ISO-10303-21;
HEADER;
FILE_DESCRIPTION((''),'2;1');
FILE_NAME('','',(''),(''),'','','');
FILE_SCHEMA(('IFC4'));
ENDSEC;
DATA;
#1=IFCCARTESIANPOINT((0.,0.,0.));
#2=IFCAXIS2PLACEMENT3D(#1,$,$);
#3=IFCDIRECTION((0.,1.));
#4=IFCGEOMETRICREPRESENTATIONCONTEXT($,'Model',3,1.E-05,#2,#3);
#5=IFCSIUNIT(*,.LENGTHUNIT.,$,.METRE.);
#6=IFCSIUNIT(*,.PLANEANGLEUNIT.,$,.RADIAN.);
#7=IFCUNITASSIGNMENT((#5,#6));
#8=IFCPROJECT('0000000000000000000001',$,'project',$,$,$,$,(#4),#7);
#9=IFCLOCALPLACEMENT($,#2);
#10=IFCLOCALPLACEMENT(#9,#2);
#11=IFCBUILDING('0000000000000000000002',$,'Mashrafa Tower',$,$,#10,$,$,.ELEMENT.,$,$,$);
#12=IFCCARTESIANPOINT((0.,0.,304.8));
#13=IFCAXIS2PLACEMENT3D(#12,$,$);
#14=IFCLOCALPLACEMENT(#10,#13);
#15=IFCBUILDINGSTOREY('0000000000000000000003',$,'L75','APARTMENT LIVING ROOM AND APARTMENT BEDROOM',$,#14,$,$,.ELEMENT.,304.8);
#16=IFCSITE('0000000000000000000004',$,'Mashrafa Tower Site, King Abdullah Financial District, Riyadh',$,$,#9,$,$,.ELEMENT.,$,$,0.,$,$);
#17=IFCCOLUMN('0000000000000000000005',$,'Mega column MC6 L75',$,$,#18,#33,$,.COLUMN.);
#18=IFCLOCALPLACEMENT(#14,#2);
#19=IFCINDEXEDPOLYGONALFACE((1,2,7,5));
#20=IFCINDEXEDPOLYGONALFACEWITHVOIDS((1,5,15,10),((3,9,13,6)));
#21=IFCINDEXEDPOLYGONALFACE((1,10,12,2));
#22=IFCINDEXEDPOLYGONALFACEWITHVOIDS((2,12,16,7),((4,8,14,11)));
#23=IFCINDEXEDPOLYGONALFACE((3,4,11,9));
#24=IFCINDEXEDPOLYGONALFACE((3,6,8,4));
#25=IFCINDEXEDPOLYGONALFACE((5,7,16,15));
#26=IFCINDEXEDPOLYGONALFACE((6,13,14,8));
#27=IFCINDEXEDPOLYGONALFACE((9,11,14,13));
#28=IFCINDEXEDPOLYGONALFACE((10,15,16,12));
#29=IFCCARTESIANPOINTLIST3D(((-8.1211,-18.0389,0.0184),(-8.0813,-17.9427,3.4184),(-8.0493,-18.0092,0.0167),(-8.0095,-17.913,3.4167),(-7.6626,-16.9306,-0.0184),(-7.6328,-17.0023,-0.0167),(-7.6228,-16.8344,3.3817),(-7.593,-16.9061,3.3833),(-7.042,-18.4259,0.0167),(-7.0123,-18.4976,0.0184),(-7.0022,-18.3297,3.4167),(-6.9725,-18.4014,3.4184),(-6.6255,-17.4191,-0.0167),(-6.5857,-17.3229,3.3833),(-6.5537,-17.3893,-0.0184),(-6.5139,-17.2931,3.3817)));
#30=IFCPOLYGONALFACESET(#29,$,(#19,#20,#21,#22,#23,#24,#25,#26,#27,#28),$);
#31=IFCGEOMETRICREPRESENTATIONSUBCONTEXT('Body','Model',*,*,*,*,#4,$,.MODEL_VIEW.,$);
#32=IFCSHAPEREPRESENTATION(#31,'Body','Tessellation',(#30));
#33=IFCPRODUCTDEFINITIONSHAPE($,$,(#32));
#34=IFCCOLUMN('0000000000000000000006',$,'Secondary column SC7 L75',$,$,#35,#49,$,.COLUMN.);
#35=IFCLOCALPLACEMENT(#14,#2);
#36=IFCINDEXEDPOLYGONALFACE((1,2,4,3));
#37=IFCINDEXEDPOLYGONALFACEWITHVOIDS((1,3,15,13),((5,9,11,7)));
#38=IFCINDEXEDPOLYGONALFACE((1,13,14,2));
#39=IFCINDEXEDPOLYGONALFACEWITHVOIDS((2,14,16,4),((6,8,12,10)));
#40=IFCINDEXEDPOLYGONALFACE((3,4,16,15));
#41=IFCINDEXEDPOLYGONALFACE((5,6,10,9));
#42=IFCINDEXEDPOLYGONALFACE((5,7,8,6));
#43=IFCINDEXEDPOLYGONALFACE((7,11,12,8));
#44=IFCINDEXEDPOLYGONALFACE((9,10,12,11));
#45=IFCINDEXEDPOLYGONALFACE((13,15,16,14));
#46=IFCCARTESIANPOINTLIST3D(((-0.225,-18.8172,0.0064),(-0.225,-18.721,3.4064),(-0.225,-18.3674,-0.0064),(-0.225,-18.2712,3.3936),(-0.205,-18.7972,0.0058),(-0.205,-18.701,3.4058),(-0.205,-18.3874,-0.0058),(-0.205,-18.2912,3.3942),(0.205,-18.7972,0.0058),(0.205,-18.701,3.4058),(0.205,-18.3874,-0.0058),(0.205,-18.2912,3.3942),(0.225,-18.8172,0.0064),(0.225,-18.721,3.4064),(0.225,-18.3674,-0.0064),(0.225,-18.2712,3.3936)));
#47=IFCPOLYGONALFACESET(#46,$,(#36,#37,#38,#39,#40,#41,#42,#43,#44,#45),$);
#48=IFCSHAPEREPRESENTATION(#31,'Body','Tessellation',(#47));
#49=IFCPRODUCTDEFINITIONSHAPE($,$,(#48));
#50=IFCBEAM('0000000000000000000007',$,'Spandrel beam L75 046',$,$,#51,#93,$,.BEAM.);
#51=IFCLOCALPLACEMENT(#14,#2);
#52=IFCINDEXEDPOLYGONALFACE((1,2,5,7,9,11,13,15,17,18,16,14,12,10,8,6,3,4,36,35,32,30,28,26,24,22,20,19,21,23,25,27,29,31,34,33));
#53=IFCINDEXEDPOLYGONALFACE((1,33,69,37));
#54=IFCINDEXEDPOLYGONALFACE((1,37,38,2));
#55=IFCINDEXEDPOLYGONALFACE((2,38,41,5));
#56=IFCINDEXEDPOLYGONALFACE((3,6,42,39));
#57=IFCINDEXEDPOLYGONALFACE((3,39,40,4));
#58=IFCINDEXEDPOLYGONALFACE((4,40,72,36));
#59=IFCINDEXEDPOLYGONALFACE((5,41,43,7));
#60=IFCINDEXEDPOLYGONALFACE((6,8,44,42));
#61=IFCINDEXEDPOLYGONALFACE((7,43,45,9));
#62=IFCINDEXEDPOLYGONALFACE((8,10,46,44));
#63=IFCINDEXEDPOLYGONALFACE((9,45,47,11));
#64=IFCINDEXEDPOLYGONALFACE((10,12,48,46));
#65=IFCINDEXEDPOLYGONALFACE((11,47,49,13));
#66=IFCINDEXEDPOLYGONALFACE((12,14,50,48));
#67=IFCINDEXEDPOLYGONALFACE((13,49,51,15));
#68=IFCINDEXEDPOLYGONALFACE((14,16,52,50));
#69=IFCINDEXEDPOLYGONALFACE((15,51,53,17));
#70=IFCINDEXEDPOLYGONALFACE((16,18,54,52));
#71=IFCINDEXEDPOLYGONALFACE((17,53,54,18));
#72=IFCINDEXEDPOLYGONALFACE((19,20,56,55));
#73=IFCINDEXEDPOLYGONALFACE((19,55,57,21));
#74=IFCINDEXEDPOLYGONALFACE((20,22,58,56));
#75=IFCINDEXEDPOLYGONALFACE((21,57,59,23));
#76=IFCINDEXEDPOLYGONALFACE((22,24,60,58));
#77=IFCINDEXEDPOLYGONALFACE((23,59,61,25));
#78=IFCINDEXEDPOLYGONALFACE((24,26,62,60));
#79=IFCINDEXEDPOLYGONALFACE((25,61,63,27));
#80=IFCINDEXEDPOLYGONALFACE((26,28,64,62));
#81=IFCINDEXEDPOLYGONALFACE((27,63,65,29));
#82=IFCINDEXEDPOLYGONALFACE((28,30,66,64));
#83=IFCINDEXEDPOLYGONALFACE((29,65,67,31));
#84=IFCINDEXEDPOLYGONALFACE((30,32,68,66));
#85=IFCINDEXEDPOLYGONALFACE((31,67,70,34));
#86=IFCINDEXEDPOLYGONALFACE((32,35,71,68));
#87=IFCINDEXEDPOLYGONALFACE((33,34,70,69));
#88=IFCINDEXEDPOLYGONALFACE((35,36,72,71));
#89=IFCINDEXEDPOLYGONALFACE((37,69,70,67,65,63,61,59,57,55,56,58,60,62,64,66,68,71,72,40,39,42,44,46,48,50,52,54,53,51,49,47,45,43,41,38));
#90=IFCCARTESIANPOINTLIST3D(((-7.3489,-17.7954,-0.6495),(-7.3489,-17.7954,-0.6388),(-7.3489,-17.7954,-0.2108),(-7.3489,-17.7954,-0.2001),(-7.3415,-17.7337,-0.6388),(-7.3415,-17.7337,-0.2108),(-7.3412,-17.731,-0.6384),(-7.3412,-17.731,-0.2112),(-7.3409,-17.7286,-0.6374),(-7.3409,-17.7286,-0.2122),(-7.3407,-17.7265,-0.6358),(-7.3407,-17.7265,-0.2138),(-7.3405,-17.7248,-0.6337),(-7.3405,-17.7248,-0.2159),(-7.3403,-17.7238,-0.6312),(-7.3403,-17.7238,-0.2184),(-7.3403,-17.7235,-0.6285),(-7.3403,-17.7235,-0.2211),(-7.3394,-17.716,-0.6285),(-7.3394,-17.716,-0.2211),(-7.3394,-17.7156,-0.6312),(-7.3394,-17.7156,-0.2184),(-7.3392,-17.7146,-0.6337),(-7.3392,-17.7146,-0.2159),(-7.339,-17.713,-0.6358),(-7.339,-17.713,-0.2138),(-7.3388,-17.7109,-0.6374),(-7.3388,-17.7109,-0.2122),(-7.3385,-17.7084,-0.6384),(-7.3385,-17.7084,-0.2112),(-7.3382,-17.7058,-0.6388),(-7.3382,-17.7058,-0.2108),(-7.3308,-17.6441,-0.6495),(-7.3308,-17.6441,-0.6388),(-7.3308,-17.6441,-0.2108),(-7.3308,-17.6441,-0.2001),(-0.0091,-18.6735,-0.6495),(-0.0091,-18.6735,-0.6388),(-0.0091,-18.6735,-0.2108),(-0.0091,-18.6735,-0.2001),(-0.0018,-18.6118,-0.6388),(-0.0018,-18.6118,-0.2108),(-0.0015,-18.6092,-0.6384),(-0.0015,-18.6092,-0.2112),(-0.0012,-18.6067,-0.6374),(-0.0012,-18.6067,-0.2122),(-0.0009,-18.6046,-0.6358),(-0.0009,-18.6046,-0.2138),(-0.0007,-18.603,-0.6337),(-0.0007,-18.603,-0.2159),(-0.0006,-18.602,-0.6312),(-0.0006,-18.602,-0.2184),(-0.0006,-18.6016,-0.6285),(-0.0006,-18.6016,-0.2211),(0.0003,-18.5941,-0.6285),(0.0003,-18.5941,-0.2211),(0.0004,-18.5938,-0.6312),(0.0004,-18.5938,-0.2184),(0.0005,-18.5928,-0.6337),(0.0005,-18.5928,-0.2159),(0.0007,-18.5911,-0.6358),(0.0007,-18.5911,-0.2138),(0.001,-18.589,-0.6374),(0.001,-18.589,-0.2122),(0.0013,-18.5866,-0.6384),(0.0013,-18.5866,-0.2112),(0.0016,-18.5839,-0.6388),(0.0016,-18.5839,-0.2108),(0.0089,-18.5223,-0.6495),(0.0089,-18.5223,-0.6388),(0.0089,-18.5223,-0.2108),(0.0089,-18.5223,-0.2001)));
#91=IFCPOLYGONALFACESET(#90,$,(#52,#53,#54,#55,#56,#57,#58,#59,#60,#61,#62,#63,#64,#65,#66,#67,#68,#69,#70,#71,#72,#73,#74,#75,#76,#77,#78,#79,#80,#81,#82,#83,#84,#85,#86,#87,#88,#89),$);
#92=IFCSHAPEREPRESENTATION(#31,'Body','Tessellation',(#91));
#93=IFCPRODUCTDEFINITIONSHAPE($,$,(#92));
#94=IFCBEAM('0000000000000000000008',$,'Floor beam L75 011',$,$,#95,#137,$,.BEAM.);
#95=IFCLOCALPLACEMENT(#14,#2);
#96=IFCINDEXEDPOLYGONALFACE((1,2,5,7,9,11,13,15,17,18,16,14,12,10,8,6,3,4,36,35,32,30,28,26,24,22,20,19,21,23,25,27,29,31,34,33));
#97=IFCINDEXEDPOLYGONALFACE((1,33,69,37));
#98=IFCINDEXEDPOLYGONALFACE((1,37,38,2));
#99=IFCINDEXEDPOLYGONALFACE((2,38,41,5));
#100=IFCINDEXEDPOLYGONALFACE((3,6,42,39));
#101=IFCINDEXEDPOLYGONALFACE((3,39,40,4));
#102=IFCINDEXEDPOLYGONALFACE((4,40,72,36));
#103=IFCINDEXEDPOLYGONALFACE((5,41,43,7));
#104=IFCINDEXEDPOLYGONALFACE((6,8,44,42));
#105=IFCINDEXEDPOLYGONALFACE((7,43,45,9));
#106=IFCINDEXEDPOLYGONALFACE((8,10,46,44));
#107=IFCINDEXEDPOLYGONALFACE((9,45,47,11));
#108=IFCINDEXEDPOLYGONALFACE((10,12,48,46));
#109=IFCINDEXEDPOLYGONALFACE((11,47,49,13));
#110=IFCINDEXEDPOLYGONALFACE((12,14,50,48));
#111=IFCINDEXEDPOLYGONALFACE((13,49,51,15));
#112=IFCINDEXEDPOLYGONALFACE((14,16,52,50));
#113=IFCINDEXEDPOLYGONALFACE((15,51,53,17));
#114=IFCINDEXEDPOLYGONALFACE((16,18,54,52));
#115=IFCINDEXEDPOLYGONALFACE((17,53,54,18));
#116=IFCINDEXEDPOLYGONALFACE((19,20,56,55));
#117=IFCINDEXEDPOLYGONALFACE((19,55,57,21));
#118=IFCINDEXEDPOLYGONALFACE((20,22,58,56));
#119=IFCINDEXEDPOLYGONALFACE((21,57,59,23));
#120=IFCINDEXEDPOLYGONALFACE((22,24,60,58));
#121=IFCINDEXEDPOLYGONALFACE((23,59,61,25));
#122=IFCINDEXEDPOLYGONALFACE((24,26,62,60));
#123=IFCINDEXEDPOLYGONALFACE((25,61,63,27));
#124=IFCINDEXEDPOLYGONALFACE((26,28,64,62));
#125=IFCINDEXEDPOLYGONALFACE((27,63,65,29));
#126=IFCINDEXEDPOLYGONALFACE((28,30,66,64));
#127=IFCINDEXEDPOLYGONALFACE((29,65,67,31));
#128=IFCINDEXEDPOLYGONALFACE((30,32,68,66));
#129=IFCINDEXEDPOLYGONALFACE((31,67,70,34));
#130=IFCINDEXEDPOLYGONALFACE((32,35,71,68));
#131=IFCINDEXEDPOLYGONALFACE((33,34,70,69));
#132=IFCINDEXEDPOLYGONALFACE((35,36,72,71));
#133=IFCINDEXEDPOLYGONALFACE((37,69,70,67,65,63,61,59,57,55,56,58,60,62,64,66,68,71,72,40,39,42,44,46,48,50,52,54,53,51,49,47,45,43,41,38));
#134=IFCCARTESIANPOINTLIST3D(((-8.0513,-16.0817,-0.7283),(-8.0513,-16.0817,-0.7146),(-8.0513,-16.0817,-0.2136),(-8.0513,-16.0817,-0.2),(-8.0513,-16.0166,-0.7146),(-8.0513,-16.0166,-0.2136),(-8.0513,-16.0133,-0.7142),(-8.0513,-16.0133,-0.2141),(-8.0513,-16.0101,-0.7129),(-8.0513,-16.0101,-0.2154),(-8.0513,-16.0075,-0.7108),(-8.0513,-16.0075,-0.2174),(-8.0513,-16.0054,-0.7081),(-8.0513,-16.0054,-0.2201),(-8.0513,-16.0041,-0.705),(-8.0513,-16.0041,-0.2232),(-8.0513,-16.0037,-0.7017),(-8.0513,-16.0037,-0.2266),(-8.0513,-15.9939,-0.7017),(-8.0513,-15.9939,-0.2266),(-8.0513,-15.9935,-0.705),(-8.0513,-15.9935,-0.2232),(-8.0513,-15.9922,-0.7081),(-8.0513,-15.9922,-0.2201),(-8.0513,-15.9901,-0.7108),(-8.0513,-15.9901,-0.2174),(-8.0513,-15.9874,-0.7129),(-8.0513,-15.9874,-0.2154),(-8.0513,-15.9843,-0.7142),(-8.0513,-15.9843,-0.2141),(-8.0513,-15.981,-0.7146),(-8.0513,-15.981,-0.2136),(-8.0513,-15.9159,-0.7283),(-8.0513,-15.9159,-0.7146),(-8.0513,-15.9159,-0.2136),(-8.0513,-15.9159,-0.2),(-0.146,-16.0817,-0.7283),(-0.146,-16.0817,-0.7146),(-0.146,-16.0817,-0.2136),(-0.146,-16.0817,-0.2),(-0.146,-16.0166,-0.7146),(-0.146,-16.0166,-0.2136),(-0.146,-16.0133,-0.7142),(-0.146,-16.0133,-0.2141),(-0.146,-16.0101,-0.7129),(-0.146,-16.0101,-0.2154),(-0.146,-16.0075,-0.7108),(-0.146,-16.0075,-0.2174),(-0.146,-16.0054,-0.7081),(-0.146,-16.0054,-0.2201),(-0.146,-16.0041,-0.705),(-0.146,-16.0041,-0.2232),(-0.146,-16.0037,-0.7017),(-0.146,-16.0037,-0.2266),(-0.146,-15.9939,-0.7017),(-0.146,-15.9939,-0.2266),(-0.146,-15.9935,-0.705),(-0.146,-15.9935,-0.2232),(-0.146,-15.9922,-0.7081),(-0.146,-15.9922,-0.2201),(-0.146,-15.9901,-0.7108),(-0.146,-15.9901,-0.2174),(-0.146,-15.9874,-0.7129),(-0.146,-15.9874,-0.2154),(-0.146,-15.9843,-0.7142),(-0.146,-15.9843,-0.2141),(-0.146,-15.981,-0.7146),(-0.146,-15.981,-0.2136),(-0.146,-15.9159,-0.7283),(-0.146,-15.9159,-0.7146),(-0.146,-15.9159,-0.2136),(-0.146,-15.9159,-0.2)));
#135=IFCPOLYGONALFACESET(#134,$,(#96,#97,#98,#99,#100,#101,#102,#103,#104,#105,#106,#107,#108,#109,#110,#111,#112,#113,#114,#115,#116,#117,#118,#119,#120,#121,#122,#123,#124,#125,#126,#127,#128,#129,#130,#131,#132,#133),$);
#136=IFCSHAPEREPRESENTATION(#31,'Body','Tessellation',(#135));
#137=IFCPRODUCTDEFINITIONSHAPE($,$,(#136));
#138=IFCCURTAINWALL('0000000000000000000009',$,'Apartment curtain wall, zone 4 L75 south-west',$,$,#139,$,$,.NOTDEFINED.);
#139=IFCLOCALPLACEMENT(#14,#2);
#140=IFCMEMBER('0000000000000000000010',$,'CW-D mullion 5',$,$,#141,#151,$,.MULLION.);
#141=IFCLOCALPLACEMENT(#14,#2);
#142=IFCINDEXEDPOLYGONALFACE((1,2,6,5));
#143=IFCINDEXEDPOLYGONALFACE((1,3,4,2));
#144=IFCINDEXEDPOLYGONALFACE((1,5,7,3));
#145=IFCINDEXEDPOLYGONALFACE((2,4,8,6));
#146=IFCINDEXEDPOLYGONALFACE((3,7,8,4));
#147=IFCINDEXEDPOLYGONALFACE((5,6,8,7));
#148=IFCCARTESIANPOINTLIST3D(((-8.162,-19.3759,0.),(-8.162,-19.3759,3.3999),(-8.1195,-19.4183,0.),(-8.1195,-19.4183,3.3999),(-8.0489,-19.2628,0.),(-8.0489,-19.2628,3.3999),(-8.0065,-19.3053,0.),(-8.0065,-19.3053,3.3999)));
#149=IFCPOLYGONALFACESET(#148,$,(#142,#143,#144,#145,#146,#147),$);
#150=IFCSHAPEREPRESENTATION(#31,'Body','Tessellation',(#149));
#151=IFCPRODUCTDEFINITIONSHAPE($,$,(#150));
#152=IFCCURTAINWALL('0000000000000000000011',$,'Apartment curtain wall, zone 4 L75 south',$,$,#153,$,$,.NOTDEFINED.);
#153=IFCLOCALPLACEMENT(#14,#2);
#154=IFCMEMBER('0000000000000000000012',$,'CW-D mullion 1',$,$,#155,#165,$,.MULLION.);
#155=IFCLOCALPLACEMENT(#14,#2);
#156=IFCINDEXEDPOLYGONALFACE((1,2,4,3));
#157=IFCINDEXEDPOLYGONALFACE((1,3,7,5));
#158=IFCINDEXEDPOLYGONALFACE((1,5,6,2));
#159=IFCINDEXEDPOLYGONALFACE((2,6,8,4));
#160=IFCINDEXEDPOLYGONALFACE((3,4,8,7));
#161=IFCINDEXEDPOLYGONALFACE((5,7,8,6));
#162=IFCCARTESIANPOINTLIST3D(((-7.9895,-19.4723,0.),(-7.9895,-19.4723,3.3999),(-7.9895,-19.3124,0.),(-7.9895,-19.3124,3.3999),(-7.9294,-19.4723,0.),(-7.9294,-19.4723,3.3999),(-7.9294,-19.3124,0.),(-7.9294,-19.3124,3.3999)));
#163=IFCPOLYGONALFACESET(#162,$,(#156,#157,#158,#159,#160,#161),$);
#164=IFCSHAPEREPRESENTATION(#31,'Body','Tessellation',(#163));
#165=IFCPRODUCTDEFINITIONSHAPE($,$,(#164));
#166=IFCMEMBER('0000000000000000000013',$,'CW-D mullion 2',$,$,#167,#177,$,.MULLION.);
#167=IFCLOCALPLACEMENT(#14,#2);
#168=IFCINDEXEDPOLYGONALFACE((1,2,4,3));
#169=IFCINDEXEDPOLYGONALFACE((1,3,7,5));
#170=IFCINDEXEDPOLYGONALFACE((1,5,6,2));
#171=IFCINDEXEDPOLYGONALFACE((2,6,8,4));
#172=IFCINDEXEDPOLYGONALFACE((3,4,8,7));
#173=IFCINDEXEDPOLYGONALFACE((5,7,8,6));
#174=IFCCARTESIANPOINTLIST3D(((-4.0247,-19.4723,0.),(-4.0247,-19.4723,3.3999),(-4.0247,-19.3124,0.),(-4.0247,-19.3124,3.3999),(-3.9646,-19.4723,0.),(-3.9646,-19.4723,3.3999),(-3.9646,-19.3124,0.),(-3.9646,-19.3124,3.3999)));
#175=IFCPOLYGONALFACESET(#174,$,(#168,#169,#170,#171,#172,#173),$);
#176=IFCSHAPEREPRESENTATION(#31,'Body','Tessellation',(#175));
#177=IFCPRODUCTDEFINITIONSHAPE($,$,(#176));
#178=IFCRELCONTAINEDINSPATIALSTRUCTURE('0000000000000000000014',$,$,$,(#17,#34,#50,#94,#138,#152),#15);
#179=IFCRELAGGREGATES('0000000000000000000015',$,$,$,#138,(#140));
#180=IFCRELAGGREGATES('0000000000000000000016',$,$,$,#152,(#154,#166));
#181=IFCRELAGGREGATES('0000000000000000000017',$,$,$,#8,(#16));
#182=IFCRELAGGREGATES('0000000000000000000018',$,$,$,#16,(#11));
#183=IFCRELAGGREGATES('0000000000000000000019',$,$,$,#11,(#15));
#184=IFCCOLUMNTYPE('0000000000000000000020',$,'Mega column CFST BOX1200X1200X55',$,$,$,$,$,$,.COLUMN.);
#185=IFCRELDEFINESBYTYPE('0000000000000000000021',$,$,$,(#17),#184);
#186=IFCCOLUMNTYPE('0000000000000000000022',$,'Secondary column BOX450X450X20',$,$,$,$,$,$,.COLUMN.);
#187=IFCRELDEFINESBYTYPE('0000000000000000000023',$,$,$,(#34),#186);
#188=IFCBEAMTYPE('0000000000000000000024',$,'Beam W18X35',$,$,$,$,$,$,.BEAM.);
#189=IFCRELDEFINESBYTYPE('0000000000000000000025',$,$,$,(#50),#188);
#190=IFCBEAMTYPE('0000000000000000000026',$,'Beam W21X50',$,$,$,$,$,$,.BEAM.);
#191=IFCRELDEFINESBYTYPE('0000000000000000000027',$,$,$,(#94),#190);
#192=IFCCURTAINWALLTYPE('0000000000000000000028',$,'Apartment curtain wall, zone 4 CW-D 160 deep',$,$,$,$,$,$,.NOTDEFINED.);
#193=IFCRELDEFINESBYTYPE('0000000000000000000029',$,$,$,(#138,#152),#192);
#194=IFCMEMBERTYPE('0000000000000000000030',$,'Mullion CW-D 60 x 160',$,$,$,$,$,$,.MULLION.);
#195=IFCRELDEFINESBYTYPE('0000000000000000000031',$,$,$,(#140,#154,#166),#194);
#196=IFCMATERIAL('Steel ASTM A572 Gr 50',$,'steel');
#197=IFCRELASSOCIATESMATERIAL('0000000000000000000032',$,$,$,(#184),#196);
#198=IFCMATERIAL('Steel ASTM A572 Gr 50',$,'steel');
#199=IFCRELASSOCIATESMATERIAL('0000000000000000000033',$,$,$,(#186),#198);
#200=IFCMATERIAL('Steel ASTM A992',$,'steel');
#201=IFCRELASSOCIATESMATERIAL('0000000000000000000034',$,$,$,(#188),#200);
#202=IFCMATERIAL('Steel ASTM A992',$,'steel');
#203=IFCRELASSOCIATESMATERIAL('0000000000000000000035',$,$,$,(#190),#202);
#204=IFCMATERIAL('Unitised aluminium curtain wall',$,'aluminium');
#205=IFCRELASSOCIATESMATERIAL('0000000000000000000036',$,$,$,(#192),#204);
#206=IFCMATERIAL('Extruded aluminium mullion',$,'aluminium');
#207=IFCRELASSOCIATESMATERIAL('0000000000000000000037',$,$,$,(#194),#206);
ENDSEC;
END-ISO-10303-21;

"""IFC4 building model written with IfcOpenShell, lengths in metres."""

from ifc_helpers import new_model, si_unit, direction, frame, origin, origin_2d, place, context, subcontext, project, spatial, rectangle, hollow_rectangle, i_section, extrude, source, transform, mapped, material, material_profile, profile_set, type_object, type_shapes, element, aggregate, save


model = new_model("IFC4")

# Units and contexts
model_context = context("Model", 3, precision=1e-05, world=origin(), true_north=direction((0.0, 1.0)))
body_context = subcontext(model_context, "Body", "Model", "MODEL_VIEW")
ifc_project = project(units=[si_unit("LENGTHUNIT", "METRE"), si_unit("PLANEANGLEUNIT", "RADIAN")], contexts=[model_context])

# Site, building, storey
site_placement = place(None, origin())
site = spatial("IfcSite", under=ifc_project, at=site_placement, Name="Mashrafa Tower Site, King Abdullah Financial District, Riyadh", CompositionType="ELEMENT", RefElevation=0.0)
building_placement = place(site_placement, origin())
building = spatial("IfcBuilding", under=site, at=building_placement, Name="Mashrafa Tower", CompositionType="ELEMENT")
storey_placement = place(building_placement, frame((0.0, 0.0, 304.8)))
storey = spatial("IfcBuildingStorey", under=building, at=storey_placement, Name="L75", Description="APARTMENT LIVING ROOM AND APARTMENT BEDROOM", CompositionType="ELEMENT", Elevation=304.8)

# Columns
ifc_material_1 = material(Name="Steel ASTM A572 Gr 50", Category="steel")
ifc_material_profile_1 = material_profile(ifc_material_1, hollow_rectangle(XDim=1.2, YDim=1.2, WallThickness=0.0549, at=origin_2d()), Name="BOX1200X1200X55")
ifc_profile_set_1 = profile_set([ifc_material_profile_1], Name="Steel ASTM A572 Gr 50")
column_type_1 = type_object("IfcColumnType", Name="Mega column CFST BOX1200X1200X55", PredefinedType="COLUMN", material=ifc_profile_set_1)
column_1_placement = place(storey_placement, frame((-7.3374, -17.7141, 0.0), z_axis=(0.011699, 0.028279, 0.999532), x_axis=(-0.924045, 0.382283, 0.0)))
element("IfcColumn", 1, at=column_1_placement, inside=storey, type_object=column_type_1, Name="Mega column MC6 L75", PredefinedType="COLUMN", context=body_context, shape_type="SweptSolid", body=[
    extrude(hollow_rectangle(XDim=1.2, YDim=1.2, WallThickness=0.0549, at=origin_2d()), origin(), (0.0, 0.0, 1.0), 3.4016),
])
ifc_material_2 = material(Name="Steel ASTM A572 Gr 50", Category="steel")
ifc_material_profile_2 = material_profile(ifc_material_2, hollow_rectangle(XDim=0.45, YDim=0.45, WallThickness=0.02, at=origin_2d()), Name="BOX450X450X20")
ifc_profile_set_2 = profile_set([ifc_material_profile_2], Name="Steel ASTM A572 Gr 50")
column_type_2 = type_object("IfcColumnType", Name="Secondary column BOX450X450X20", PredefinedType="COLUMN", material=ifc_profile_set_2)
column_2_placement = place(storey_placement, frame((0.0, -18.5923, 0.0), z_axis=(0.0, 0.028281, 0.9996), x_axis=(-1.0, 0.0, 0.0)))
element("IfcColumn", 2, at=column_2_placement, inside=storey, type_object=column_type_2, Name="Secondary column SC7 L75", PredefinedType="COLUMN", context=body_context, shape_type="SweptSolid", body=[
    extrude(hollow_rectangle(XDim=0.45, YDim=0.45, WallThickness=0.02, at=origin_2d()), origin(), (0.0, 0.0, 1.0), 3.4014),
])

# Beams
ifc_material_3 = material(Name="Steel ASTM A992", Category="steel")
ifc_material_profile_3 = material_profile(ifc_material_3, i_section(OverallWidth=0.1523, OverallDepth=0.4495, WebThickness=0.0076, FlangeThickness=0.0107, FilletRadius=0.0103, at=origin_2d()), Name="W18X35")
ifc_profile_set_3 = profile_set([ifc_material_profile_3], Name="Steel ASTM A992")
beam_type_1 = type_object("IfcBeamType", Name="Beam W18X35", PredefinedType="BEAM", material=ifc_profile_set_3)
beam_1_placement = place(storey_placement, frame((-7.3398, -17.7197, -0.4248), z_axis=(0.992919, -0.118797, 0.0), x_axis=(0.118797, 0.992919, 0.0)))
element("IfcBeam", 3, at=beam_1_placement, inside=storey, type_object=beam_type_1, Name="Spandrel beam L75 046", PredefinedType="BEAM", context=body_context, shape_type="SweptSolid", body=[
    extrude(i_section(OverallWidth=0.1523, OverallDepth=0.4495, WebThickness=0.0076, FlangeThickness=0.0107, FilletRadius=0.0103, at=origin_2d()), origin(), (0.0, 0.0, 1.0), 7.3921),
])
ifc_material_4 = material(Name="Steel ASTM A992", Category="steel")
ifc_material_profile_4 = material_profile(ifc_material_4, i_section(OverallWidth=0.1658, OverallDepth=0.5283, WebThickness=0.0098, FlangeThickness=0.0137, FilletRadius=0.0129, at=origin_2d()), Name="W21X50")
ifc_profile_set_4 = profile_set([ifc_material_profile_4], Name="Steel ASTM A992")
beam_type_2 = type_object("IfcBeamType", Name="Beam W21X50", PredefinedType="BEAM", material=ifc_profile_set_4)
beam_2_placement = place(storey_placement, frame((-0.146, -15.9988, -0.4641), z_axis=(-1.0, 0.0, 0.0), x_axis=(0.0, -1.0, 0.0)))
element("IfcBeam", 4, at=beam_2_placement, inside=storey, type_object=beam_type_2, Name="Floor beam L75 011", PredefinedType="BEAM", context=body_context, shape_type="SweptSolid", body=[
    extrude(i_section(OverallWidth=0.1658, OverallDepth=0.5283, WebThickness=0.0098, FlangeThickness=0.0137, FilletRadius=0.0129, at=origin_2d()), origin(), (0.0, 0.0, 1.0), 7.9053),
])

# Curtain wall, member
ifc_material_5 = material(Name="Unitised aluminium curtain wall", Category="aluminium")
curtain_wall_type = type_object("IfcCurtainWallType", Name="Apartment curtain wall, zone 4 CW-D 160 deep", PredefinedType="NOTDEFINED", material=ifc_material_5)
curtain_wall_1_placement = place(storey_placement, origin())
curtain_wall_1 = element("IfcCurtainWall", 5, at=curtain_wall_1_placement, inside=storey, type_object=curtain_wall_type, Name="Apartment curtain wall, zone 4 L75 south-west", PredefinedType="NOTDEFINED")
ifc_material_6 = material(Name="Extruded aluminium mullion", Category="aluminium")
ifc_material_profile_5 = material_profile(ifc_material_6, rectangle(XDim=0.1599, YDim=0.0601, at=origin_2d()), Name="Mullion 60x160")
ifc_profile_set_5 = profile_set([ifc_material_profile_5], Name="Extruded aluminium mullion")
member_type_1 = type_object("IfcMemberType", Name="Mullion CW-D 60 x 160", PredefinedType="MULLION", material=ifc_profile_set_5)
shared_shape_1 = source(origin(), body_context, "Body", "SweptSolid", [
    extrude(rectangle(XDim=0.1599, YDim=0.0601, at=origin_2d()), origin(), (0.0, 0.0, 1.0), 3.3999),
])
type_shapes(member_type_1, [shared_shape_1])
member_1_placement = place(storey_placement, frame((-8.0842, -19.3406, 0.0), z_axis=(0.0, 0.0, 1.0), x_axis=(0.707107, 0.707107, 0.0)))
member_1 = element("IfcMember", 6, at=member_1_placement, type_object=member_type_1, Name="CW-D mullion 5", PredefinedType="MULLION", context=body_context, shape_type="MappedRepresentation", body=[
    mapped(shared_shape_1, transform((0.0, 0.0, 0.0))),
])

# Curtain wall, members
curtain_wall_2_placement = place(storey_placement, origin())
curtain_wall_2 = element("IfcCurtainWall", 7, at=curtain_wall_2_placement, inside=storey, type_object=curtain_wall_type, Name="Apartment curtain wall, zone 4 L75 south", PredefinedType="NOTDEFINED")
member_2_placement = place(storey_placement, frame((-7.9595, -19.3923, 0.0), z_axis=(0.0, 0.0, 1.0), x_axis=(0.0, 1.0, 0.0)))
member_2 = element("IfcMember", 8, at=member_2_placement, type_object=member_type_1, Name="CW-D mullion 1", PredefinedType="MULLION", context=body_context, shape_type="MappedRepresentation", body=[
    mapped(shared_shape_1, transform((0.0, 0.0, 0.0))),
])
member_3_placement = place(storey_placement, frame((-3.9946, -19.3923, 0.0), z_axis=(0.0, 0.0, 1.0), x_axis=(0.0, 1.0, 0.0)))
member_3 = element("IfcMember", 9, at=member_3_placement, type_object=member_type_1, Name="CW-D mullion 2", PredefinedType="MULLION", context=body_context, shape_type="MappedRepresentation", body=[
    mapped(shared_shape_1, transform((0.0, 0.0, 0.0))),
])

aggregate(curtain_wall_1, [member_1])
aggregate(curtain_wall_2, [member_2, member_3])

save(model, "model.ifc")
